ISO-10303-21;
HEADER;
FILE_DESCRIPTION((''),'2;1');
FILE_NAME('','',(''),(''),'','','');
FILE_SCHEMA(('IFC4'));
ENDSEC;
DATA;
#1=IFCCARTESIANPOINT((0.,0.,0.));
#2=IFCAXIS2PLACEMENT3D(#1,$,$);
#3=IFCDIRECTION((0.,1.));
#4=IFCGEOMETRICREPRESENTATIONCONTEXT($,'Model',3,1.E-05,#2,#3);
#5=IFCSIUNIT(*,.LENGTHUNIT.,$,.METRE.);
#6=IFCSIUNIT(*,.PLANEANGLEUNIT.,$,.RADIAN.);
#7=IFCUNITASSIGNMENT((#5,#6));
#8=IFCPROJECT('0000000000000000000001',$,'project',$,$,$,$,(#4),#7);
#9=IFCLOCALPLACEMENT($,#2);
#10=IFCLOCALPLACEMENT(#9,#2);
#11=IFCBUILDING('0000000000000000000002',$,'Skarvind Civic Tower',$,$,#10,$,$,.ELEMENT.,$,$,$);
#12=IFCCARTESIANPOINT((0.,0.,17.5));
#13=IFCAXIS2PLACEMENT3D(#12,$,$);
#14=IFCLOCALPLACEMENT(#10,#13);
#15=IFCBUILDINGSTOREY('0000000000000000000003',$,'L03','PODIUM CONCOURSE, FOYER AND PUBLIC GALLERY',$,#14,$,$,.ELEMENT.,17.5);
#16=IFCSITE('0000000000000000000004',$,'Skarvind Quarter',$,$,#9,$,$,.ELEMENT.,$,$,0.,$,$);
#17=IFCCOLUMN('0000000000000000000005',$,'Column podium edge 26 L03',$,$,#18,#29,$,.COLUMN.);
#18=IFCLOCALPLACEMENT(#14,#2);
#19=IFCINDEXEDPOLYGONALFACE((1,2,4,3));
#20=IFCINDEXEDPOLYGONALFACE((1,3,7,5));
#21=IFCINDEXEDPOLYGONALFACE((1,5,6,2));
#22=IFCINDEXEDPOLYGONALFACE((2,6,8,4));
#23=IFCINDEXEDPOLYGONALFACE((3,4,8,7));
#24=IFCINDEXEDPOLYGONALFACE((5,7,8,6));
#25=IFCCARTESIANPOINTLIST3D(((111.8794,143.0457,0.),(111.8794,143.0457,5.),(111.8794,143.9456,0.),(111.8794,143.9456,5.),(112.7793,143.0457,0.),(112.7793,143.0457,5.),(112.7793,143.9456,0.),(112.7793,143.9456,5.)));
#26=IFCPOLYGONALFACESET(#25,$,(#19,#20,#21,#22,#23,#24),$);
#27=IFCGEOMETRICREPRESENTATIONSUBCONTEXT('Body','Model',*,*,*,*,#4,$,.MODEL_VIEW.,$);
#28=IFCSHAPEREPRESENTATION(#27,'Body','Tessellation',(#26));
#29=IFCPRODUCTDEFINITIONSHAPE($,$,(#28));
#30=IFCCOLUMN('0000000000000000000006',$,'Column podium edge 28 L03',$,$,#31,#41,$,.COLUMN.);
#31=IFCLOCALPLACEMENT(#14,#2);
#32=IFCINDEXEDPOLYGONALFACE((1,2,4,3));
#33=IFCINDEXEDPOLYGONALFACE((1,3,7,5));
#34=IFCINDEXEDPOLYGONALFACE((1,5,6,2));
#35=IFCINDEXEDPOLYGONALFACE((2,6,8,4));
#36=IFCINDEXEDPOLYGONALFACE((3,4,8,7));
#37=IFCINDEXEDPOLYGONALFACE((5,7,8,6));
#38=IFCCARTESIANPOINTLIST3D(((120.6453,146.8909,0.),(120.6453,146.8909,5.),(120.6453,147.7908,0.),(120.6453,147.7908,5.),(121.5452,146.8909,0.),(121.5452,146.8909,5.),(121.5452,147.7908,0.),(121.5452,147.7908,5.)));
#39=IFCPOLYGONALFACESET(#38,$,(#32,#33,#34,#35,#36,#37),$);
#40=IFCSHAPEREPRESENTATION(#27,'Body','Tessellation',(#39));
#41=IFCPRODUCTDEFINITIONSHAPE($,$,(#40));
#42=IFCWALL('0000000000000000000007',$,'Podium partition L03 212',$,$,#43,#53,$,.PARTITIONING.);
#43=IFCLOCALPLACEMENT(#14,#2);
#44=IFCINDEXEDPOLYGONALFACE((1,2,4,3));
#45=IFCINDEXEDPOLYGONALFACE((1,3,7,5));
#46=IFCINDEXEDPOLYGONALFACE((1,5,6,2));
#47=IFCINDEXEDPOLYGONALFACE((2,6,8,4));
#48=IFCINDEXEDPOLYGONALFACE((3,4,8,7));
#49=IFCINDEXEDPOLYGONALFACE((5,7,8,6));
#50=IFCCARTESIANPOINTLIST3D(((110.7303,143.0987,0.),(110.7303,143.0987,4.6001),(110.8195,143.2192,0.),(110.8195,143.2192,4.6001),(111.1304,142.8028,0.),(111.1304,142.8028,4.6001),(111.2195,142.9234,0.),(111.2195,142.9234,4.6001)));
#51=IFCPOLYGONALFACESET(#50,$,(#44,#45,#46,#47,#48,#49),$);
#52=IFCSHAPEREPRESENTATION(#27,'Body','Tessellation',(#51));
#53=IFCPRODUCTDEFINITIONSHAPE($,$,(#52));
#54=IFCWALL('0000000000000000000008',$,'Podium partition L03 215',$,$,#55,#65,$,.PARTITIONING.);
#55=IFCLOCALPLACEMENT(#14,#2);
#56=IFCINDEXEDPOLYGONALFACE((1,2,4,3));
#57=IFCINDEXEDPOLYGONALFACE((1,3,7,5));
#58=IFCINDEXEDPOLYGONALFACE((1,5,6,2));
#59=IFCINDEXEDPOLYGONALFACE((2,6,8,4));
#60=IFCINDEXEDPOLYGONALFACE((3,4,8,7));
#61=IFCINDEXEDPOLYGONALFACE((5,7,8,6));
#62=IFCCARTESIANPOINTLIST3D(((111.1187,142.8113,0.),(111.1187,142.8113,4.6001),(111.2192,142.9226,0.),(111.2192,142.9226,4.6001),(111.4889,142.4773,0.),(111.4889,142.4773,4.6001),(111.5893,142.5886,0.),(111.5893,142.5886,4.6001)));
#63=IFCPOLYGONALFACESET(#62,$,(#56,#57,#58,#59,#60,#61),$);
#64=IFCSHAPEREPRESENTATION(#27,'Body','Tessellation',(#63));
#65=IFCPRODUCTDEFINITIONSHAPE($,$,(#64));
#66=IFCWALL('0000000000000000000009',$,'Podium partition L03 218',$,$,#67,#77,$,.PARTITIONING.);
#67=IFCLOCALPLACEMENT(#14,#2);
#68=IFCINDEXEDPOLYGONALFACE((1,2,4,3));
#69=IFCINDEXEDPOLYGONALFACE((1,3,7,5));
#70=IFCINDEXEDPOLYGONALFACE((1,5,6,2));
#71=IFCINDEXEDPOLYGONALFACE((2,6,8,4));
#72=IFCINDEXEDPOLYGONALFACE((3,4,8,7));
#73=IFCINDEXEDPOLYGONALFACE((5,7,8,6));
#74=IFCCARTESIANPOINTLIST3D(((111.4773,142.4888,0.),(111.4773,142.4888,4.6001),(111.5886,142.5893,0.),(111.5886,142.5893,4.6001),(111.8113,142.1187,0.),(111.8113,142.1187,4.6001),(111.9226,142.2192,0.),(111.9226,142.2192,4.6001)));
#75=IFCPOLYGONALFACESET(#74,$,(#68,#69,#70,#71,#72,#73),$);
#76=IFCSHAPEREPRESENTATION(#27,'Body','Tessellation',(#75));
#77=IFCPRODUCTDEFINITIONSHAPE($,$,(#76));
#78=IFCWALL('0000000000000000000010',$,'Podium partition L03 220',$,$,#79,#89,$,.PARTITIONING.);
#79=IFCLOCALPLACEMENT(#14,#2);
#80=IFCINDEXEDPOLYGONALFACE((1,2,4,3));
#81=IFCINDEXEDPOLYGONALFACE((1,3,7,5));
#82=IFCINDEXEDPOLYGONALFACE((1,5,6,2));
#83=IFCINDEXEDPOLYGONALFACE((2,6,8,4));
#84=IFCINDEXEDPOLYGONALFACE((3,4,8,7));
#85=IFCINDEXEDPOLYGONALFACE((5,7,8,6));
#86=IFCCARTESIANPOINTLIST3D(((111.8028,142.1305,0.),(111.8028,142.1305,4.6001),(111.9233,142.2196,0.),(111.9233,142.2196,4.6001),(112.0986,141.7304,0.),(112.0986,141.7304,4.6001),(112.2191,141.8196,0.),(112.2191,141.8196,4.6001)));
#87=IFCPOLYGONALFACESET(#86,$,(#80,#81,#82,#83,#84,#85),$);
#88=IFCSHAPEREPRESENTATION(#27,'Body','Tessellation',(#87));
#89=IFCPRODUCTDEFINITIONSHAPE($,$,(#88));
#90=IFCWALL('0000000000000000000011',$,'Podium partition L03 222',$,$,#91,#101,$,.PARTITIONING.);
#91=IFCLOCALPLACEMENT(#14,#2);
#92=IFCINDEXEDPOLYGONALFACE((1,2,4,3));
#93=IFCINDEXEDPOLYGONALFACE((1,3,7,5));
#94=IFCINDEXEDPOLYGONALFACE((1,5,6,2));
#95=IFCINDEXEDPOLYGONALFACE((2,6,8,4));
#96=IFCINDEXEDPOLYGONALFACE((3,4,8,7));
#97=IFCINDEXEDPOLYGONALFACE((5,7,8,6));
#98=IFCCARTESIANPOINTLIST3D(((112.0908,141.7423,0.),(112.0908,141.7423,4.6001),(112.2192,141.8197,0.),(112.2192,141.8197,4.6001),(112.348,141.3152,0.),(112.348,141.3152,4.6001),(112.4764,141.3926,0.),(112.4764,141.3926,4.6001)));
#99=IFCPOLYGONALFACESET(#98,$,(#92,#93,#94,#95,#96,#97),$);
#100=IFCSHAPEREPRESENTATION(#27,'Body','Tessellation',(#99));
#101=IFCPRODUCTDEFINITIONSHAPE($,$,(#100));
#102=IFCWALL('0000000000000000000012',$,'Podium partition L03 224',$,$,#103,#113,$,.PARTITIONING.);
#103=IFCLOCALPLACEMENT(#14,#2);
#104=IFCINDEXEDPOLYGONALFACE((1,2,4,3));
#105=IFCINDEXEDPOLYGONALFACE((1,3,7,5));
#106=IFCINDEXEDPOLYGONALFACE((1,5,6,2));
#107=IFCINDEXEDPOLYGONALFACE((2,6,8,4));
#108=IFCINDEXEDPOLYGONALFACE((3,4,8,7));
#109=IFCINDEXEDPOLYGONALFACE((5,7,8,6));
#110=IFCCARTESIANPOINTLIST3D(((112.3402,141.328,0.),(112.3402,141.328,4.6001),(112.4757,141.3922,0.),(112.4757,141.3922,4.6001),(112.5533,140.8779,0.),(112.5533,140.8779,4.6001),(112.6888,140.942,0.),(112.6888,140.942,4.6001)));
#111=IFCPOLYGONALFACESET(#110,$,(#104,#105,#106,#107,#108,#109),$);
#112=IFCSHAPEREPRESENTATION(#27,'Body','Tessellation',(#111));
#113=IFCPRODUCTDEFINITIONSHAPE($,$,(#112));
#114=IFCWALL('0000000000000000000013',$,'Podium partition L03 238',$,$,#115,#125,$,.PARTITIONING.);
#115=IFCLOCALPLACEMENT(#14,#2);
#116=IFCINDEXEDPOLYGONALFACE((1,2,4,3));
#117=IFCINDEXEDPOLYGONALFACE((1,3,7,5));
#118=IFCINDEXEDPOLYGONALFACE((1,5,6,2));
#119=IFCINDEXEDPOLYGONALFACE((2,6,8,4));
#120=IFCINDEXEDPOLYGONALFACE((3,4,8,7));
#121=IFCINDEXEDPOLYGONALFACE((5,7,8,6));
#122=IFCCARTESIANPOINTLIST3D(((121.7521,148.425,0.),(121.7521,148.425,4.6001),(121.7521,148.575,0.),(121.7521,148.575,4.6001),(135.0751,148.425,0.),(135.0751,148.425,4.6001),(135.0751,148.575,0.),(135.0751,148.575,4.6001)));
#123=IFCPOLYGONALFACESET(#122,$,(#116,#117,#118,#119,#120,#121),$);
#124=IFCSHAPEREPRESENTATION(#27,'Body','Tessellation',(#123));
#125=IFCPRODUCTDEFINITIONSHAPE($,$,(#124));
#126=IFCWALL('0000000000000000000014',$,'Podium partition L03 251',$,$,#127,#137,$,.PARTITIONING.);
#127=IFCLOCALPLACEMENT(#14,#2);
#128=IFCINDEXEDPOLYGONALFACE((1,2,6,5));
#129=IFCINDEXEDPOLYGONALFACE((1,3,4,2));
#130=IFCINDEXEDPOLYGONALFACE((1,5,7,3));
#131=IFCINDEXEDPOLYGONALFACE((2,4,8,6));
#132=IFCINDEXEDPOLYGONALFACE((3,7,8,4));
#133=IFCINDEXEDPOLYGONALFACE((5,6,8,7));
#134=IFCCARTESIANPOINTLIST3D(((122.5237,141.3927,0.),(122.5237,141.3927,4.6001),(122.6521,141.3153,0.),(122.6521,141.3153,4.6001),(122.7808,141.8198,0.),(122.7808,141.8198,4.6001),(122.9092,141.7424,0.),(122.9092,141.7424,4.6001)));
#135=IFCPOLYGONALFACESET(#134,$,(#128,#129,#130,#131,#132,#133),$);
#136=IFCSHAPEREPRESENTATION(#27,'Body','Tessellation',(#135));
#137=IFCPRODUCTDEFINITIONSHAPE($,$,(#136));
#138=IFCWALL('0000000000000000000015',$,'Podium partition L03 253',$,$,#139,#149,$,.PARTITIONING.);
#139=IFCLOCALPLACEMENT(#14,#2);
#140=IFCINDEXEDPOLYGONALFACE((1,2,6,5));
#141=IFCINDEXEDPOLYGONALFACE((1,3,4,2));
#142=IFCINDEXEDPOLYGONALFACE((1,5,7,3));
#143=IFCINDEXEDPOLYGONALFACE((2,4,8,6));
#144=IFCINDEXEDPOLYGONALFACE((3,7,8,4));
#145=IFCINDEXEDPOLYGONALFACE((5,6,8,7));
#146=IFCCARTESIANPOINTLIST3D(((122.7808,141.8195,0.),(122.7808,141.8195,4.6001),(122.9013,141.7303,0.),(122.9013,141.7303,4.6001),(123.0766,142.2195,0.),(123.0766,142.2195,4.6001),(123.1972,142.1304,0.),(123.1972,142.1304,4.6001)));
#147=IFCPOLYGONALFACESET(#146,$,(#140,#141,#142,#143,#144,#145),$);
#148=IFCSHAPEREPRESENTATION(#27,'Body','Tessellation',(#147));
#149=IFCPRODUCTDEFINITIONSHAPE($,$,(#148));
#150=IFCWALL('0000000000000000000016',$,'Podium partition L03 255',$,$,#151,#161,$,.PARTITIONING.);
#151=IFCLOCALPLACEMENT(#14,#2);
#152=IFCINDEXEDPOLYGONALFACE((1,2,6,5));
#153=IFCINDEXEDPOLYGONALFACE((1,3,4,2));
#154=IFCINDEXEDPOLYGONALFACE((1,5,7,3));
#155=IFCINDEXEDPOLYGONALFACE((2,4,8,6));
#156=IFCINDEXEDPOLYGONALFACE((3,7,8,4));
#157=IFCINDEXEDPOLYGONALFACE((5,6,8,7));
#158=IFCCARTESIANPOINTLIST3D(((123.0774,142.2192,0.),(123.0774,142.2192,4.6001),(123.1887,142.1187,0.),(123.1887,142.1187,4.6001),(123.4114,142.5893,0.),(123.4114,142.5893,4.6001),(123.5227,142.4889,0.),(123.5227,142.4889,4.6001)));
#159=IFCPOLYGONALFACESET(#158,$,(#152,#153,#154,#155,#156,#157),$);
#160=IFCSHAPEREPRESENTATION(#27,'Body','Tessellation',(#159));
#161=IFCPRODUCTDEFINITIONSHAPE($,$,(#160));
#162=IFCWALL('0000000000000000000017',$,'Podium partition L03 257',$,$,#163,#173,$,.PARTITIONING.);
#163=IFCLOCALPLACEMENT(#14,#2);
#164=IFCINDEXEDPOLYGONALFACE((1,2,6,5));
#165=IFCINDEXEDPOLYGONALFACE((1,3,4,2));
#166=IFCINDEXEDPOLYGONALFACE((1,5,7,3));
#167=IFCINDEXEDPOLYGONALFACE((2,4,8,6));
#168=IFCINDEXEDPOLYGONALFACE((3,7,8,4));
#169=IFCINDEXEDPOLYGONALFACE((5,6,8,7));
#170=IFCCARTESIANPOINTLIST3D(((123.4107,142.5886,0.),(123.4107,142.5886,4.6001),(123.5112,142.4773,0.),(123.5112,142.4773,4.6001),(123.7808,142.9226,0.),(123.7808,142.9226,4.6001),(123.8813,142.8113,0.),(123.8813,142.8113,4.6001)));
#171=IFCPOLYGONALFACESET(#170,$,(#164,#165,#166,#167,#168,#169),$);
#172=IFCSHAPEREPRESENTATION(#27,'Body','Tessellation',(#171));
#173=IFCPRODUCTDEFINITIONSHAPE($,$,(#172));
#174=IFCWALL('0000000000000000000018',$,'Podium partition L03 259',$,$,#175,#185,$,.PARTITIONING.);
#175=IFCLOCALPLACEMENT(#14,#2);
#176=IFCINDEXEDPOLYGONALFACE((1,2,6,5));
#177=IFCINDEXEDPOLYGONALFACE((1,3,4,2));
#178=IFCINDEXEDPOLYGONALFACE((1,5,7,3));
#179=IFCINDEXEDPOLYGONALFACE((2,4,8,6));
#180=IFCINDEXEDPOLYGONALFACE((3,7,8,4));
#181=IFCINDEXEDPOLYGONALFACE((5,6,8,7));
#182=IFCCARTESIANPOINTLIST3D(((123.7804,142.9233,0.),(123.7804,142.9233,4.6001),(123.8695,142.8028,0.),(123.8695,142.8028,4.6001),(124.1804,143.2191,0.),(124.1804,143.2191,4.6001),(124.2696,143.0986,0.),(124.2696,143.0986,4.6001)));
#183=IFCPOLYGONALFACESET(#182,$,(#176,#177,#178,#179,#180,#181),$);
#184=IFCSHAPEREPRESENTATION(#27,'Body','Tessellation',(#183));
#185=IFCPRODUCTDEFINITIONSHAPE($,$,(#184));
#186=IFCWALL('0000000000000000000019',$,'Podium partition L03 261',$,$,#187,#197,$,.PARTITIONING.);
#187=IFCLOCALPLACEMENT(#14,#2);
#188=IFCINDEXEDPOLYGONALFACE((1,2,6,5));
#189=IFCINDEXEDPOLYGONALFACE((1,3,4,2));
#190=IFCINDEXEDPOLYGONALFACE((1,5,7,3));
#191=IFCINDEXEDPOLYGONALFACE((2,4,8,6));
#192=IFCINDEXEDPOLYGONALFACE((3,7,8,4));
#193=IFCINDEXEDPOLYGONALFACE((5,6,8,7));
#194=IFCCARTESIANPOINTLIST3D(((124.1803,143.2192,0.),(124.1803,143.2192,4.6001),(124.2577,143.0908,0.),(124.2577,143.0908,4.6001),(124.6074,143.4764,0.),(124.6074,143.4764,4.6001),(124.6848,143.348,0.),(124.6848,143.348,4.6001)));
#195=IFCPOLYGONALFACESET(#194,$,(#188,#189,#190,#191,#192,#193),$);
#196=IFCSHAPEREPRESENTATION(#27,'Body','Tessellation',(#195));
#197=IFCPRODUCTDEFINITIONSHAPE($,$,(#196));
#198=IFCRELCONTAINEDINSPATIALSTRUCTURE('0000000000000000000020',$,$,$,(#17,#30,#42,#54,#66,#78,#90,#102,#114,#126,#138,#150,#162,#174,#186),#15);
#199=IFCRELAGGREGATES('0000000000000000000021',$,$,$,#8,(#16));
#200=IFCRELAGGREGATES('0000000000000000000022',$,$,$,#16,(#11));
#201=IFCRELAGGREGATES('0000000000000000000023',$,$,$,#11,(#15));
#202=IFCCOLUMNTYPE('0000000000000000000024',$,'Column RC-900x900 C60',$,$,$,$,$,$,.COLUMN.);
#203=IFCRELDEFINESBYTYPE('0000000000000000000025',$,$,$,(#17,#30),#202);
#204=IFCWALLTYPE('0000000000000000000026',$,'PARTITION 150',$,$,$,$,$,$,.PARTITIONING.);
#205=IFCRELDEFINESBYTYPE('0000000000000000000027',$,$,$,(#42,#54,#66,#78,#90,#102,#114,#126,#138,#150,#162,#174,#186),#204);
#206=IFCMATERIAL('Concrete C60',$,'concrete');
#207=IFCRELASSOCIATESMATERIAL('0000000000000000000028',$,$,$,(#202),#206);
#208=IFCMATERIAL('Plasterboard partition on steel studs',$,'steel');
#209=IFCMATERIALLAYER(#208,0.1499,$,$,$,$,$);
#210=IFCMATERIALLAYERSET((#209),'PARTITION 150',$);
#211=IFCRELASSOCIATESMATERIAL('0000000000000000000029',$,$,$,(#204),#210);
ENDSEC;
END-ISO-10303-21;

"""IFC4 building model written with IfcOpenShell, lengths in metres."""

from ifc_helpers import new_model, si_unit, direction, frame, frame_2d, origin, origin_2d, place, context, subcontext, project, spatial, rectangle, extrude, material, layer, layer_set, material_profile, profile_set, type_object, element, save


model = new_model("IFC4")

# Units and contexts
model_context = context("Model", 3, precision=1e-05, world=origin(), true_north=direction((0.0, 1.0)))
body_context = subcontext(model_context, "Body", "Model", "MODEL_VIEW")
ifc_project = project(units=[si_unit("LENGTHUNIT", "METRE"), si_unit("PLANEANGLEUNIT", "RADIAN")], contexts=[model_context])

# Site, building, storey
site_placement = place(None, origin())
site = spatial("IfcSite", under=ifc_project, at=site_placement, Name="Skarvind Quarter", CompositionType="ELEMENT", RefElevation=0.0)
building_placement = place(site_placement, origin())
building = spatial("IfcBuilding", under=site, at=building_placement, Name="Skarvind Civic Tower", CompositionType="ELEMENT")
storey_placement = place(building_placement, frame((0.0, 0.0, 17.5)))
storey = spatial("IfcBuildingStorey", under=building, at=storey_placement, Name="L03", Description="PODIUM CONCOURSE, FOYER AND PUBLIC GALLERY", CompositionType="ELEMENT", Elevation=17.5)

# Columns
ifc_material_1 = material(Name="Concrete C60", Category="concrete")
ifc_material_profile = material_profile(ifc_material_1, rectangle(XDim=0.8999, YDim=0.8999, at=origin_2d()), Name="RC-900x900")
ifc_profile_set = profile_set([ifc_material_profile], Name="Concrete C60")
column_type = type_object("IfcColumnType", Name="Column RC-900x900 C60", PredefinedType="COLUMN", material=ifc_profile_set)
for number, where, z_axis, x_axis, name in (
    (1, (112.3293, 143.4956, 0.0), (0.0, 0.0, 1.0), (1.0, 0.0, 0.0), "Column podium edge 26 L03"),
    (2, (121.0952, 147.3408, 0.0), (0.0, 0.0, 1.0), (1.0, 0.0, 0.0), "Column podium edge 28 L03"),
):
    element("IfcColumn", number, at=place(storey_placement, frame(where, z_axis=z_axis, x_axis=x_axis)), inside=storey, type_object=column_type, Name=name, PredefinedType="COLUMN", context=body_context, shape_type="SweptSolid", body=[
        extrude(rectangle(XDim=0.8999, YDim=0.8999, at=origin_2d()), origin(), (0.0, 0.0, 1.0), 5.0),
    ])

# Walls
ifc_material_2 = material(Name="Plasterboard partition on steel studs", Category="steel")
ifc_layer_1 = layer(ifc_material_2, 0.1499)
ifc_layer_set_1 = layer_set([ifc_layer_1], Name="PARTITION 150")
wall_type_1 = type_object("IfcWallType", Name="PARTITION 150", PredefinedType="PARTITIONING", material=ifc_layer_set_1)
wall_1_placement = place(storey_placement, frame((110.7749, 143.1589, 0.0), z_axis=(0.0, 0.0, 1.0), x_axis=(0.804044, -0.59457, 0.0)))
element("IfcWall", 3, at=wall_1_placement, inside=storey, type_object=wall_type_1, Name="Podium partition L03 212", PredefinedType="PARTITIONING", context=body_context, shape_type="SweptSolid", body=[
    extrude(rectangle(XDim=0.4976, YDim=0.1499, at=frame_2d((0.2488, 0.0))), origin(), (0.0, 0.0, 1.0), 4.6001),
])
for number, where, z_axis, x_axis, name in (
    (4, (111.1689, 142.8669, 0.0), (0.0, 0.0, 1.0), (0.742417, -0.669938, 0.0), "Podium partition L03 215"),
    (5, (111.533, 142.5391, 0.0), (0.0, 0.0, 1.0), (0.669938, -0.742417, 0.0), "Podium partition L03 218"),
):
    element("IfcWall", number, at=place(storey_placement, frame(where, z_axis=z_axis, x_axis=x_axis)), inside=storey, type_object=wall_type_1, Name=name, PredefinedType="PARTITIONING", context=body_context, shape_type="SweptSolid", body=[
        extrude(rectangle(XDim=0.4985, YDim=0.1499, at=frame_2d((0.2493, 0.0))), origin(), (0.0, 0.0, 1.0), 4.6001),
    ])
wall_2_placement = place(storey_placement, frame((111.863, 142.175, 0.0), z_axis=(0.0, 0.0, 1.0), x_axis=(0.59457, -0.804044, 0.0)))
element("IfcWall", 6, at=wall_2_placement, inside=storey, type_object=wall_type_1, Name="Podium partition L03 220", PredefinedType="PARTITIONING", context=body_context, shape_type="SweptSolid", body=[
    extrude(rectangle(XDim=0.4976, YDim=0.1499, at=frame_2d((0.2488, 0.0))), origin(), (0.0, 0.0, 1.0), 4.6001),
])
wall_3_placement = place(storey_placement, frame((112.155, 141.781, 0.0), z_axis=(0.0, 0.0, 1.0), x_axis=(0.515792, -0.856714, 0.0)))
element("IfcWall", 7, at=wall_3_placement, inside=storey, type_object=wall_type_1, Name="Podium partition L03 222", PredefinedType="PARTITIONING", context=body_context, shape_type="SweptSolid", body=[
    extrude(rectangle(XDim=0.4985, YDim=0.1499, at=frame_2d((0.2493, 0.0))), origin(), (0.0, 0.0, 1.0), 4.6001),
])
wall_4_placement = place(storey_placement, frame((112.408, 141.3601, 0.0), z_axis=(0.0, 0.0, 1.0), x_axis=(0.427897, -0.903828, 0.0)))
element("IfcWall", 8, at=wall_4_placement, inside=storey, type_object=wall_type_1, Name="Podium partition L03 224", PredefinedType="PARTITIONING", context=body_context, shape_type="SweptSolid", body=[
    extrude(rectangle(XDim=0.498, YDim=0.1499, at=frame_2d((0.249, 0.0))), origin(), (0.0, 0.0, 1.0), 4.6001),
])
wall_5_placement = place(storey_placement, frame((121.752, 148.5, 0.0), z_axis=(0.0, 0.0, 1.0), x_axis=(1.0, 0.0, 0.0)))
element("IfcWall", 9, at=wall_5_placement, inside=storey, type_object=wall_type_1, Name="Podium partition L03 238", PredefinedType="PARTITIONING", context=body_context, shape_type="SweptSolid", body=[
    extrude(rectangle(XDim=13.323, YDim=0.1499, at=frame_2d((6.6616, 0.0))), origin(), (0.0, 0.0, 1.0), 4.6001),
])
wall_6_placement = place(storey_placement, frame((122.5879, 141.354, 0.0), z_axis=(0.0, 0.0, 1.0), x_axis=(0.515792, 0.856714, 0.0)))
element("IfcWall", 10, at=wall_6_placement, inside=storey, type_object=wall_type_1, Name="Podium partition L03 251", PredefinedType="PARTITIONING", context=body_context, shape_type="SweptSolid", body=[
    extrude(rectangle(XDim=0.4985, YDim=0.1499, at=frame_2d((0.2493, 0.0))), origin(), (0.0, 0.0, 1.0), 4.6001),
])
wall_7_placement = place(storey_placement, frame((122.8411, 141.7749, 0.0), z_axis=(0.0, 0.0, 1.0), x_axis=(0.59457, 0.804044, 0.0)))
element("IfcWall", 11, at=wall_7_placement, inside=storey, type_object=wall_type_1, Name="Podium partition L03 253", PredefinedType="PARTITIONING", context=body_context, shape_type="SweptSolid", body=[
    extrude(rectangle(XDim=0.4976, YDim=0.1499, at=frame_2d((0.2488, 0.0))), origin(), (0.0, 0.0, 1.0), 4.6001),
])
for number, where, z_axis, x_axis, name in (
    (12, (123.1331, 142.1689, 0.0), (0.0, 0.0, 1.0), (0.669938, 0.742417, 0.0), "Podium partition L03 255"),
    (13, (123.4609, 142.533, 0.0), (0.0, 0.0, 1.0), (0.742417, 0.669938, 0.0), "Podium partition L03 257"),
):
    element("IfcWall", number, at=place(storey_placement, frame(where, z_axis=z_axis, x_axis=x_axis)), inside=storey, type_object=wall_type_1, Name=name, PredefinedType="PARTITIONING", context=body_context, shape_type="SweptSolid", body=[
        extrude(rectangle(XDim=0.4985, YDim=0.1499, at=frame_2d((0.2493, 0.0))), origin(), (0.0, 0.0, 1.0), 4.6001),
    ])
wall_8_placement = place(storey_placement, frame((123.825, 142.863, 0.0), z_axis=(0.0, 0.0, 1.0), x_axis=(0.804044, 0.59457, 0.0)))
element("IfcWall", 14, at=wall_8_placement, inside=storey, type_object=wall_type_1, Name="Podium partition L03 259", PredefinedType="PARTITIONING", context=body_context, shape_type="SweptSolid", body=[
    extrude(rectangle(XDim=0.4976, YDim=0.1499, at=frame_2d((0.2488, 0.0))), origin(), (0.0, 0.0, 1.0), 4.6001),
])
wall_9_placement = place(storey_placement, frame((124.219, 143.155, 0.0), z_axis=(0.0, 0.0, 1.0), x_axis=(0.856714, 0.515792, 0.0)))
element("IfcWall", 15, at=wall_9_placement, inside=storey, type_object=wall_type_1, Name="Podium partition L03 261", PredefinedType="PARTITIONING", context=body_context, shape_type="SweptSolid", body=[
    extrude(rectangle(XDim=0.4985, YDim=0.1499, at=frame_2d((0.2493, 0.0))), origin(), (0.0, 0.0, 1.0), 4.6001),
])

save(model, "model.ifc")
